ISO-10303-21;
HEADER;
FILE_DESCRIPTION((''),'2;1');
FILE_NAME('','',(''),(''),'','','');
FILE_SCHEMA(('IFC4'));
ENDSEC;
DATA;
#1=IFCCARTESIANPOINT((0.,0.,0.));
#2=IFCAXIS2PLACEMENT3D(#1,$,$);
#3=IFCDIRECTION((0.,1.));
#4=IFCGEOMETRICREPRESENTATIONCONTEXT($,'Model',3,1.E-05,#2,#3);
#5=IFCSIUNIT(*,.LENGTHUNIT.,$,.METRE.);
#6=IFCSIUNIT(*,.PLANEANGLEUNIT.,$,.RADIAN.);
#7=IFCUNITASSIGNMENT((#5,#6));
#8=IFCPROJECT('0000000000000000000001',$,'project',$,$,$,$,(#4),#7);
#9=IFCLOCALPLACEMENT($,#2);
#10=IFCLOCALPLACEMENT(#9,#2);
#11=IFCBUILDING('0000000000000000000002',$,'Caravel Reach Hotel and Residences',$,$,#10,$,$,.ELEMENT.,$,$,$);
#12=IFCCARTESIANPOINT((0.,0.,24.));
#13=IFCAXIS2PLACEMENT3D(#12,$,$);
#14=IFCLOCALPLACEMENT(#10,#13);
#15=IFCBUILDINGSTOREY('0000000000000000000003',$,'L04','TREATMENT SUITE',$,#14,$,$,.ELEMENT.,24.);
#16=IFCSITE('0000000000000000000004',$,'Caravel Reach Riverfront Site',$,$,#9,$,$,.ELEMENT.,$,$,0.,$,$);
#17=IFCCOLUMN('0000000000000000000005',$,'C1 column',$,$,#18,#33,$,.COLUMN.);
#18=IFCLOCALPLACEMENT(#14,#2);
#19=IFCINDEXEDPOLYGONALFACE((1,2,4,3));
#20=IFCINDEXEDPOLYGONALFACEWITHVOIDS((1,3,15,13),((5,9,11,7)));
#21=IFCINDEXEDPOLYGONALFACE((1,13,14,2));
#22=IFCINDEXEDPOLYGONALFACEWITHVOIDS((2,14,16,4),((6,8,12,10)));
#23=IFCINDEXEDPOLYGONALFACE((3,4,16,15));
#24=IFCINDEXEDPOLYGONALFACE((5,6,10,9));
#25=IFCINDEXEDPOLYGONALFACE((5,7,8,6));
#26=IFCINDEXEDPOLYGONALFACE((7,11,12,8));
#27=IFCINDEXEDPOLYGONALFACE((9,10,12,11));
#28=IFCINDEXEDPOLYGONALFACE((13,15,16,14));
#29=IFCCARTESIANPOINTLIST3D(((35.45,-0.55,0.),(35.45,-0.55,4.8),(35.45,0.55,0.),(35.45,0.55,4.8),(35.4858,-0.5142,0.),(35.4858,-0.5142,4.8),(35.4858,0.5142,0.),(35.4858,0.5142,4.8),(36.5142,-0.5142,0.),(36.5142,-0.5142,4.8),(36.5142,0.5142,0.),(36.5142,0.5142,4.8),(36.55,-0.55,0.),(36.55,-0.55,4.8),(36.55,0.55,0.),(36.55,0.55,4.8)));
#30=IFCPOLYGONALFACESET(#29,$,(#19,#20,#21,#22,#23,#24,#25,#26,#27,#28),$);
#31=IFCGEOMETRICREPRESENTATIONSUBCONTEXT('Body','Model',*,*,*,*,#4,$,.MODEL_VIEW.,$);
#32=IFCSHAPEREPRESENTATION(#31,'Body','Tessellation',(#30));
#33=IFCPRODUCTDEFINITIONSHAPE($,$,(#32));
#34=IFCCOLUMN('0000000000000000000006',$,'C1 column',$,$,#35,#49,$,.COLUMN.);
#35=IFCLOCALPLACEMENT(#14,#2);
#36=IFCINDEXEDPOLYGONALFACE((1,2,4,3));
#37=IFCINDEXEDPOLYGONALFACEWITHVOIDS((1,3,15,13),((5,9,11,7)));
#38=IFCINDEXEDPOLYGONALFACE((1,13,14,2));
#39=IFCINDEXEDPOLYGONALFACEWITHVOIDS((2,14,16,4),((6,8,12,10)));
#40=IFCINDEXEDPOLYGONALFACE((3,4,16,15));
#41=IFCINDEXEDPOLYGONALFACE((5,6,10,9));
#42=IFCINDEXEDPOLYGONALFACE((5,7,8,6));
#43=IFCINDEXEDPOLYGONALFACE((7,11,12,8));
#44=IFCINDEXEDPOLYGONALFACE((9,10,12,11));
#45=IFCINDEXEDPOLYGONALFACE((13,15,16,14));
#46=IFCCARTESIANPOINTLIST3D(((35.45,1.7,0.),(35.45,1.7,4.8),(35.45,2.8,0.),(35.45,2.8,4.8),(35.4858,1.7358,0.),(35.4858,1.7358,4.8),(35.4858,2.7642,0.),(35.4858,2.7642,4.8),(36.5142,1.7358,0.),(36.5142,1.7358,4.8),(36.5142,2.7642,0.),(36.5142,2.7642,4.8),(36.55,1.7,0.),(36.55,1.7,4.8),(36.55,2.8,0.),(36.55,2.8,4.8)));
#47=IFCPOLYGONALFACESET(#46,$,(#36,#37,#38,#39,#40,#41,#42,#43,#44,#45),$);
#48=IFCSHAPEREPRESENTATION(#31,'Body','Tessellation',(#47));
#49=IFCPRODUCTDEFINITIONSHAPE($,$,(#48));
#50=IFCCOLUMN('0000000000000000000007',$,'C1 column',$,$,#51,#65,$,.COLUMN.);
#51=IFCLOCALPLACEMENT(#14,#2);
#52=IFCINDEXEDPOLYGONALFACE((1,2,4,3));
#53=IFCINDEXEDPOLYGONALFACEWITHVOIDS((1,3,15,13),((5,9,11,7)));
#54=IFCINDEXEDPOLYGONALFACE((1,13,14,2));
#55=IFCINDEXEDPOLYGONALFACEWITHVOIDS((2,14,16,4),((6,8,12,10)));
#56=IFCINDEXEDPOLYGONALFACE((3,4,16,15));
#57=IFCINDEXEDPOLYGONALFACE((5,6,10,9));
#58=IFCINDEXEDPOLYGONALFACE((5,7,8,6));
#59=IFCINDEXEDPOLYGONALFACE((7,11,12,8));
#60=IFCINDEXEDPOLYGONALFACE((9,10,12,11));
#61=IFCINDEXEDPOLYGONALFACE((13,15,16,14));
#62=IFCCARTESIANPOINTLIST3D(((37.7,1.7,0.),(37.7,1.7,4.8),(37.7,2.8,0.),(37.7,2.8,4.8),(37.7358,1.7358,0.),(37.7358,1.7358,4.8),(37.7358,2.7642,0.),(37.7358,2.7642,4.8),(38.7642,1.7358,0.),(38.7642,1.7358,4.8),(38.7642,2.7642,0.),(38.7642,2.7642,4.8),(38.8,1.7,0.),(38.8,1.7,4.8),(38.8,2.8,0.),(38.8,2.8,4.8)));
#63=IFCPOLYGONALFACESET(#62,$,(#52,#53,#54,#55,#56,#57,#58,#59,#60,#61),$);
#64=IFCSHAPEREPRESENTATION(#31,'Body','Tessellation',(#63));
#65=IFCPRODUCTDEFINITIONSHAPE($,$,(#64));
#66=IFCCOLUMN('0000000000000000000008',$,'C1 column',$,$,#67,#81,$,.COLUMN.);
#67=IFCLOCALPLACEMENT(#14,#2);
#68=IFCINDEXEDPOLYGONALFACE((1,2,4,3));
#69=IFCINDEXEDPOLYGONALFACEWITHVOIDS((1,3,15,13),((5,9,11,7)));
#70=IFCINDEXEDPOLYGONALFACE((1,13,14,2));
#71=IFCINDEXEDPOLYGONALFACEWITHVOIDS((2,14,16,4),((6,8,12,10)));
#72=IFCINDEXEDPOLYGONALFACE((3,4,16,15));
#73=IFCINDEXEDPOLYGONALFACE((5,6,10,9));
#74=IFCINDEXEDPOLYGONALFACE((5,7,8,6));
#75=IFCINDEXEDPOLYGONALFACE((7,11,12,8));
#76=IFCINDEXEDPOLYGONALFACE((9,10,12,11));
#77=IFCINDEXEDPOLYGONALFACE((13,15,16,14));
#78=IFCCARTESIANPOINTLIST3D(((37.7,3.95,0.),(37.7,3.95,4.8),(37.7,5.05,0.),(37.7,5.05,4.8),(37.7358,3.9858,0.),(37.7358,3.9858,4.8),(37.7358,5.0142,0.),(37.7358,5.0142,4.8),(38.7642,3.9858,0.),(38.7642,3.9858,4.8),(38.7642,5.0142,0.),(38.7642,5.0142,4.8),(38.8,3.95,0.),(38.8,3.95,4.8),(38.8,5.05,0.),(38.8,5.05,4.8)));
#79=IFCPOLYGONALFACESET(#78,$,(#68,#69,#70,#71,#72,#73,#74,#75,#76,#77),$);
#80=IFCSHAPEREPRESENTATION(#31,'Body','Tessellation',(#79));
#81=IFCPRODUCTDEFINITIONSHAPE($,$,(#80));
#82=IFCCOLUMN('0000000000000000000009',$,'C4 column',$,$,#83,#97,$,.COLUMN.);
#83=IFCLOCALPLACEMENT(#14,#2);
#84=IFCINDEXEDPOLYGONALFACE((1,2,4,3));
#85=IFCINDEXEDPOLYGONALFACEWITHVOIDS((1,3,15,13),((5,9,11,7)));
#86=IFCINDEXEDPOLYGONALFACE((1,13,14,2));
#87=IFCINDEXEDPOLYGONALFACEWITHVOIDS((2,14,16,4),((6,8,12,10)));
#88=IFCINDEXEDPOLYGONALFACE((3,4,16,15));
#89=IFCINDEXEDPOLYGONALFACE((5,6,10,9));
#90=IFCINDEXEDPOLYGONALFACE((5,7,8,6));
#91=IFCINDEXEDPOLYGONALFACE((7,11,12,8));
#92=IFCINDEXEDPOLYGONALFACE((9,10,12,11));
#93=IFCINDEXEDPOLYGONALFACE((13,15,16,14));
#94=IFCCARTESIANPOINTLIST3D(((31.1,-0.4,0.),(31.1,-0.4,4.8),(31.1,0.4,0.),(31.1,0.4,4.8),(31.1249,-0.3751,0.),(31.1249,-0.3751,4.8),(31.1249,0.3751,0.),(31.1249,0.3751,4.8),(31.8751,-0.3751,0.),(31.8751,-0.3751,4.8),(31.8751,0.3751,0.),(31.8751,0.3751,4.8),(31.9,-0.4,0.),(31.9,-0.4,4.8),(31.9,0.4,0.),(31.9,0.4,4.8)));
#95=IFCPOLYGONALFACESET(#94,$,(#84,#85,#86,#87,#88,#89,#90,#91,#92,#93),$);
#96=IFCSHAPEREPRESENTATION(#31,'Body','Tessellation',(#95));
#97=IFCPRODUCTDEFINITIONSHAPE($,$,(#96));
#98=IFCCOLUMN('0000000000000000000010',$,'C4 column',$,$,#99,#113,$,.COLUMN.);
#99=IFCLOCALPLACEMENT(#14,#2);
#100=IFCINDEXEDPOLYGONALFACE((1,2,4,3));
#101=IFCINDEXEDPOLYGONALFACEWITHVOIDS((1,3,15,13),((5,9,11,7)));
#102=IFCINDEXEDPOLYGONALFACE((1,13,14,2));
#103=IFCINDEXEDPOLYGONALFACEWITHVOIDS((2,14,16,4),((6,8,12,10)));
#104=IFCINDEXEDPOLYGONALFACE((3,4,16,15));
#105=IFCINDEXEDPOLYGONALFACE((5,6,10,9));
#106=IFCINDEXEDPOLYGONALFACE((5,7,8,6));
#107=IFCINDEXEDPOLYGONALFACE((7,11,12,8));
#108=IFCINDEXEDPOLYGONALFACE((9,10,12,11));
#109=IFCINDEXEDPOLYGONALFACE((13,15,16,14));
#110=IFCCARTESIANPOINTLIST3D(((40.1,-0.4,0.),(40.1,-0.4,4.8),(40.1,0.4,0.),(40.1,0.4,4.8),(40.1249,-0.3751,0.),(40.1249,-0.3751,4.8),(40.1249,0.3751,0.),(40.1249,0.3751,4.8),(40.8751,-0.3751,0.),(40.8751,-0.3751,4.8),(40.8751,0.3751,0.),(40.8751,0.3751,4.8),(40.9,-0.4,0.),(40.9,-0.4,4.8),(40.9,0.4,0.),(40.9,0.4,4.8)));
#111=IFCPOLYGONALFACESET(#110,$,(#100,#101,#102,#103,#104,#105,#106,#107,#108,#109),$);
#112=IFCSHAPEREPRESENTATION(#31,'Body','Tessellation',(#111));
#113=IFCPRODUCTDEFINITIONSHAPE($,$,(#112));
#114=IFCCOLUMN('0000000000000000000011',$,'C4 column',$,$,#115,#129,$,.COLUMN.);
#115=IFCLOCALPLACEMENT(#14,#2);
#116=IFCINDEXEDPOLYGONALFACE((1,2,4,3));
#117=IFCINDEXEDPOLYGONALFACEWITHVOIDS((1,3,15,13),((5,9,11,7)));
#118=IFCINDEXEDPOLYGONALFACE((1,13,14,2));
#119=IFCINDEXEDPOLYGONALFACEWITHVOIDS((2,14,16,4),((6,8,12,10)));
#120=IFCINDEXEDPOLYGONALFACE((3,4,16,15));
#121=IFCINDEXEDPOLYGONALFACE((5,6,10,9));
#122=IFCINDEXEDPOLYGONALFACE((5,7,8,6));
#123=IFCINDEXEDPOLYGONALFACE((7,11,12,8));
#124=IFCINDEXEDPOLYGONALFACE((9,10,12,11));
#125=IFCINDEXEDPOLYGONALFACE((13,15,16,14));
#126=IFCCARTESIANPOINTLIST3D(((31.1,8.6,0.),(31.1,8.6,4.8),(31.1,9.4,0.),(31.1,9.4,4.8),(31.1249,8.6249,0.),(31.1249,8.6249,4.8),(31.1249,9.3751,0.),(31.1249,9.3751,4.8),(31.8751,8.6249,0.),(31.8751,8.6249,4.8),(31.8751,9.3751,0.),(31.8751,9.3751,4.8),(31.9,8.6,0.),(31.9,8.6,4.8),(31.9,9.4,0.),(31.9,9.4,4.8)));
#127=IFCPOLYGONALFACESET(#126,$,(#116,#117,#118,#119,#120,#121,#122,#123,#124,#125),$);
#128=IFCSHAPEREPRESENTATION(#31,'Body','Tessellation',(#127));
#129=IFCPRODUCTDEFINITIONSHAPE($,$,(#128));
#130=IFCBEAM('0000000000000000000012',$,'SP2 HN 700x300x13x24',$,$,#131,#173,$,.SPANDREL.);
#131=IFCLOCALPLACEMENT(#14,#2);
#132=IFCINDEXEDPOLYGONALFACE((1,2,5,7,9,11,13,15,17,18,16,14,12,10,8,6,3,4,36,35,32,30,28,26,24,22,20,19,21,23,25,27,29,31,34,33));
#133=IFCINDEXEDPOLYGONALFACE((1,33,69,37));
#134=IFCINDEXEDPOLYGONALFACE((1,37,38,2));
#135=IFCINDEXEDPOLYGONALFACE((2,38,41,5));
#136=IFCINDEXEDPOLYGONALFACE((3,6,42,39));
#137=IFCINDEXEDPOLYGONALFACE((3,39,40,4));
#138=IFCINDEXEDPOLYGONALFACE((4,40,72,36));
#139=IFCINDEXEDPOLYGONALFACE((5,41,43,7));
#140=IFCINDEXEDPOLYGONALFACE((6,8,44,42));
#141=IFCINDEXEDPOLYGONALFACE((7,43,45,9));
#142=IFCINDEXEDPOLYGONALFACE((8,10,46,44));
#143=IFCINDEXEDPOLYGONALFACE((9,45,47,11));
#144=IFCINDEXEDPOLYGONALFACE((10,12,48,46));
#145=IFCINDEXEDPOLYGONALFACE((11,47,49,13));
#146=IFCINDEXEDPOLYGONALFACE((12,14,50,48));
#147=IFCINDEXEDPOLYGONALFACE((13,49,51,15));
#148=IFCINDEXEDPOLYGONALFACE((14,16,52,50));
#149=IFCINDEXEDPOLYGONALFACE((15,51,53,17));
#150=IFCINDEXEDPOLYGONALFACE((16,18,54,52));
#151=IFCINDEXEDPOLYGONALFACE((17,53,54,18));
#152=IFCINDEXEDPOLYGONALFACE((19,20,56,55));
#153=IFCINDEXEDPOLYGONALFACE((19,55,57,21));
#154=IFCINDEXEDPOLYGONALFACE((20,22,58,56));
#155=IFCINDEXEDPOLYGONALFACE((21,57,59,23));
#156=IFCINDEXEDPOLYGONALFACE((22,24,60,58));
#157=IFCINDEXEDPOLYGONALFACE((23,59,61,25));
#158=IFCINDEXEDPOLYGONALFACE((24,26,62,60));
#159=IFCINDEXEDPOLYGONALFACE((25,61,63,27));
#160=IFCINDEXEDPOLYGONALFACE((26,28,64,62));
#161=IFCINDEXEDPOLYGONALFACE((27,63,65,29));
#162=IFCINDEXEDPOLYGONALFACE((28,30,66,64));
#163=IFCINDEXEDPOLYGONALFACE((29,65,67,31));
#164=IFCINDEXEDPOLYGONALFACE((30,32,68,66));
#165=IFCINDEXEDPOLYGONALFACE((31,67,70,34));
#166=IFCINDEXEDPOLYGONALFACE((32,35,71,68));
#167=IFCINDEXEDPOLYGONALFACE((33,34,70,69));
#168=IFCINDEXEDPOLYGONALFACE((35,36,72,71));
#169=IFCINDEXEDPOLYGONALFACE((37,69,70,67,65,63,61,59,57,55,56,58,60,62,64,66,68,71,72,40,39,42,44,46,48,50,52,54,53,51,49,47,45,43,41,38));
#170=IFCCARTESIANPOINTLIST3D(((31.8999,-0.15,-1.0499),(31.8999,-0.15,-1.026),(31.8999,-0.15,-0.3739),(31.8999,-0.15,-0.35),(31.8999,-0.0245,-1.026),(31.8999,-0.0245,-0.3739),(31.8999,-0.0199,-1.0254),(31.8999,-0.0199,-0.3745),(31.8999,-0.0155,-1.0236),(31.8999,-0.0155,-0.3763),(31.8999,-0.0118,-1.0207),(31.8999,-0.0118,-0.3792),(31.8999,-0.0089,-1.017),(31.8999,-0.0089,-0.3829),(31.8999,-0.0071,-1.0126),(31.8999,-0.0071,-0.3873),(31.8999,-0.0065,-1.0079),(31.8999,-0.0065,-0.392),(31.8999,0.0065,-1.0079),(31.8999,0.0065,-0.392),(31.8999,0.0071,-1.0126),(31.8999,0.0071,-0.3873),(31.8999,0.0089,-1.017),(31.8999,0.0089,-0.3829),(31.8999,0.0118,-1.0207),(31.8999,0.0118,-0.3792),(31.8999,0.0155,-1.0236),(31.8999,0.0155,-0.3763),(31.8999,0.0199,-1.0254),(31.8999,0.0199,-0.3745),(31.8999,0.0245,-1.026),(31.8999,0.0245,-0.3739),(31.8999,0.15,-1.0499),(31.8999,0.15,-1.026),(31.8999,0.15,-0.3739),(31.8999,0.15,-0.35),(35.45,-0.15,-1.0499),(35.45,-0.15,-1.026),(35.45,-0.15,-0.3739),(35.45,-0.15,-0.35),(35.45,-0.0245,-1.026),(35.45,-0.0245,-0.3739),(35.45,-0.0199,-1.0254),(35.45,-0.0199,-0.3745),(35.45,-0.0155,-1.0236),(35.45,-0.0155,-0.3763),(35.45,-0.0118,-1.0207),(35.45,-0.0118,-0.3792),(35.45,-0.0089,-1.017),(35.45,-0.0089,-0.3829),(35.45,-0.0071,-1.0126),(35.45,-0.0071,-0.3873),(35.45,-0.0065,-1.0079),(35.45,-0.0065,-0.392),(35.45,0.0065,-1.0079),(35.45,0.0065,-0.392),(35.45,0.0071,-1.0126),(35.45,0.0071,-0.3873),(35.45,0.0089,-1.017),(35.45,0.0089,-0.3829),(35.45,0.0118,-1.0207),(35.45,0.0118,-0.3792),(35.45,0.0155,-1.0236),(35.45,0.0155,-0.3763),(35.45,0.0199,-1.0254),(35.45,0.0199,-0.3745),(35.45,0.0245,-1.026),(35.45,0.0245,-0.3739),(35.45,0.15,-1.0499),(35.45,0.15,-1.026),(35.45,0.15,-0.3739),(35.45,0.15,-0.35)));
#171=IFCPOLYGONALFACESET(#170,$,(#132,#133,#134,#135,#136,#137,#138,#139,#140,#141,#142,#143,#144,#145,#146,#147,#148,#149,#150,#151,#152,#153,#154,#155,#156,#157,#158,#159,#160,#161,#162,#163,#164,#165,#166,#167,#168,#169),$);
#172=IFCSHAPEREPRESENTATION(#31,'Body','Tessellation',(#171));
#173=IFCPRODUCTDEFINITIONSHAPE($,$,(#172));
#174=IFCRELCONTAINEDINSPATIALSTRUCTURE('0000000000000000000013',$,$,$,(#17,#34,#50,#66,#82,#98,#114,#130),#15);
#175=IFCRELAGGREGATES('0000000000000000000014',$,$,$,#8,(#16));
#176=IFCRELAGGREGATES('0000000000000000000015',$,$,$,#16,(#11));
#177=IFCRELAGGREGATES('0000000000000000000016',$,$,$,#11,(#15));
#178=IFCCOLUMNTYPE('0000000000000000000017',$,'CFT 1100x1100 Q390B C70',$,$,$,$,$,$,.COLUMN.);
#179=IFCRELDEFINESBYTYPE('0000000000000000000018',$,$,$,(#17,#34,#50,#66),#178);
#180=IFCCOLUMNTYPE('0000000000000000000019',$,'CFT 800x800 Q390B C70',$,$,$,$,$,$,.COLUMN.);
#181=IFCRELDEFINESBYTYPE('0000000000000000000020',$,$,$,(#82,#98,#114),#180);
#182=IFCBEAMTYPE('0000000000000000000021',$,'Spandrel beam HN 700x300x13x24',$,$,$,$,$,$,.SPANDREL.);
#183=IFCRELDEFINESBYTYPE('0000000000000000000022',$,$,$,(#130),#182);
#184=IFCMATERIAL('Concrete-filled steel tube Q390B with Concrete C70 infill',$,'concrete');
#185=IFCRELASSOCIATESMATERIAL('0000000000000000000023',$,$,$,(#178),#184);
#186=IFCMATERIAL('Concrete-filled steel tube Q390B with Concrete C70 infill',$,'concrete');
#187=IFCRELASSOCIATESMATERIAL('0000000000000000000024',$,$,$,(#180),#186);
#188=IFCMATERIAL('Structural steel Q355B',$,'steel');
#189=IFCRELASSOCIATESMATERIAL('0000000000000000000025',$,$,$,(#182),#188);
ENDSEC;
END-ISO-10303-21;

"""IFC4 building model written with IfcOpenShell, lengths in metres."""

from ifc_helpers import new_model, si_unit, direction, frame, origin, origin_2d, place, context, subcontext, project, spatial, hollow_rectangle, i_section, extrude, material, material_profile, profile_set, type_object, element, save


model = new_model("IFC4")

# Units and contexts
model_context = context("Model", 3, precision=1e-05, world=origin(), true_north=direction((0.0, 1.0)))
body_context = subcontext(model_context, "Body", "Model", "MODEL_VIEW")
ifc_project = project(units=[si_unit("LENGTHUNIT", "METRE"), si_unit("PLANEANGLEUNIT", "RADIAN")], contexts=[model_context])

# Site, building, storey
site_placement = place(None, origin())
site = spatial("IfcSite", under=ifc_project, at=site_placement, Name="Caravel Reach Riverfront Site", CompositionType="ELEMENT", RefElevation=0.0)
building_placement = place(site_placement, origin())
building = spatial("IfcBuilding", under=site, at=building_placement, Name="Caravel Reach Hotel and Residences", CompositionType="ELEMENT")
storey_placement = place(building_placement, frame((0.0, 0.0, 24.0)))
storey = spatial("IfcBuildingStorey", under=building, at=storey_placement, Name="L04", Description="TREATMENT SUITE", CompositionType="ELEMENT", Elevation=24.0)

# Columns
ifc_material_1 = material(Name="Concrete-filled steel tube Q390B with Concrete C70 infill", Category="concrete")
ifc_material_profile_1 = material_profile(ifc_material_1, hollow_rectangle(XDim=1.1001, YDim=1.1001, WallThickness=0.0359, at=origin_2d()), Name="RHS 1100x1100x36")
ifc_profile_set_1 = profile_set([ifc_material_profile_1], Name="Concrete-filled steel tube Q390B with Concrete C70 infill")
column_type_1 = type_object("IfcColumnType", Name="CFT 1100x1100 Q390B C70", PredefinedType="COLUMN", material=ifc_profile_set_1)
for number, where, z_axis, x_axis, name in (
    (1, (36.0, 0.0, 0.0), (0.0, 0.0, 1.0), (1.0, 0.0, 0.0), "C1 column"),
    (2, (36.0, 2.25, 0.0), (0.0, 0.0, 1.0), (1.0, 0.0, 0.0), "C1 column"),
    (3, (38.25, 2.25, 0.0), (0.0, 0.0, 1.0), (1.0, 0.0, 0.0), "C1 column"),
    (4, (38.25, 4.5, 0.0), (0.0, 0.0, 1.0), (1.0, 0.0, 0.0), "C1 column"),
):
    element("IfcColumn", number, at=place(storey_placement, frame(where, z_axis=z_axis, x_axis=x_axis)), inside=storey, type_object=column_type_1, Name=name, PredefinedType="COLUMN", context=body_context, shape_type="SweptSolid", body=[
        extrude(hollow_rectangle(XDim=1.1001, YDim=1.1001, WallThickness=0.0359, at=origin_2d()), origin(), (0.0, 0.0, 1.0), 4.8),
    ])
ifc_material_2 = material(Name="Concrete-filled steel tube Q390B with Concrete C70 infill", Category="concrete")
ifc_material_profile_2 = material_profile(ifc_material_2, hollow_rectangle(XDim=0.8, YDim=0.8, WallThickness=0.0249, at=origin_2d()), Name="RHS 800x800x25")
ifc_profile_set_2 = profile_set([ifc_material_profile_2], Name="Concrete-filled steel tube Q390B with Concrete C70 infill")
column_type_2 = type_object("IfcColumnType", Name="CFT 800x800 Q390B C70", PredefinedType="COLUMN", material=ifc_profile_set_2)
for number, where, z_axis, x_axis, name in (
    (5, (31.5, 0.0, 0.0), (0.0, 0.0, 1.0), (1.0, 0.0, 0.0), "C4 column"),
    (6, (40.5, 0.0, 0.0), (0.0, 0.0, 1.0), (1.0, 0.0, 0.0), "C4 column"),
    (7, (31.5, 9.0, 0.0), (0.0, 0.0, 1.0), (1.0, 0.0, 0.0), "C4 column"),
):
    element("IfcColumn", number, at=place(storey_placement, frame(where, z_axis=z_axis, x_axis=x_axis)), inside=storey, type_object=column_type_2, Name=name, PredefinedType="COLUMN", context=body_context, shape_type="SweptSolid", body=[
        extrude(hollow_rectangle(XDim=0.8, YDim=0.8, WallThickness=0.0249, at=origin_2d()), origin(), (0.0, 0.0, 1.0), 4.8),
    ])

# Beam
ifc_material_3 = material(Name="Structural steel Q355B", Category="steel")
ifc_material_profile_3 = material_profile(ifc_material_3, i_section(OverallWidth=0.3, OverallDepth=0.7, WebThickness=0.0129, FlangeThickness=0.0239, FilletRadius=0.0181, at=origin_2d()), Name="HN 700x300x13x24")
ifc_profile_set_3 = profile_set([ifc_material_profile_3], Name="Structural steel Q355B")
beam_type = type_object("IfcBeamType", Name="Spandrel beam HN 700x300x13x24", PredefinedType="SPANDREL", material=ifc_profile_set_3)
for number, where, z_axis, x_axis, name in (
    (8, (31.8999, 0.0, -0.7), (1.0, 0.0, 0.0), (0.0, 1.0, 0.0), "SP2 HN 700x300x13x24"),
):
    element("IfcBeam", number, at=place(storey_placement, frame(where, z_axis=z_axis, x_axis=x_axis)), inside=storey, type_object=beam_type, Name=name, PredefinedType="SPANDREL", context=body_context, shape_type="SweptSolid", body=[
        extrude(i_section(OverallWidth=0.3, OverallDepth=0.7, WebThickness=0.0129, FlangeThickness=0.0239, FilletRadius=0.0181, at=origin_2d()), origin(), (0.0, 0.0, 1.0), 3.55),
    ])

save(model, "model.ifc")
